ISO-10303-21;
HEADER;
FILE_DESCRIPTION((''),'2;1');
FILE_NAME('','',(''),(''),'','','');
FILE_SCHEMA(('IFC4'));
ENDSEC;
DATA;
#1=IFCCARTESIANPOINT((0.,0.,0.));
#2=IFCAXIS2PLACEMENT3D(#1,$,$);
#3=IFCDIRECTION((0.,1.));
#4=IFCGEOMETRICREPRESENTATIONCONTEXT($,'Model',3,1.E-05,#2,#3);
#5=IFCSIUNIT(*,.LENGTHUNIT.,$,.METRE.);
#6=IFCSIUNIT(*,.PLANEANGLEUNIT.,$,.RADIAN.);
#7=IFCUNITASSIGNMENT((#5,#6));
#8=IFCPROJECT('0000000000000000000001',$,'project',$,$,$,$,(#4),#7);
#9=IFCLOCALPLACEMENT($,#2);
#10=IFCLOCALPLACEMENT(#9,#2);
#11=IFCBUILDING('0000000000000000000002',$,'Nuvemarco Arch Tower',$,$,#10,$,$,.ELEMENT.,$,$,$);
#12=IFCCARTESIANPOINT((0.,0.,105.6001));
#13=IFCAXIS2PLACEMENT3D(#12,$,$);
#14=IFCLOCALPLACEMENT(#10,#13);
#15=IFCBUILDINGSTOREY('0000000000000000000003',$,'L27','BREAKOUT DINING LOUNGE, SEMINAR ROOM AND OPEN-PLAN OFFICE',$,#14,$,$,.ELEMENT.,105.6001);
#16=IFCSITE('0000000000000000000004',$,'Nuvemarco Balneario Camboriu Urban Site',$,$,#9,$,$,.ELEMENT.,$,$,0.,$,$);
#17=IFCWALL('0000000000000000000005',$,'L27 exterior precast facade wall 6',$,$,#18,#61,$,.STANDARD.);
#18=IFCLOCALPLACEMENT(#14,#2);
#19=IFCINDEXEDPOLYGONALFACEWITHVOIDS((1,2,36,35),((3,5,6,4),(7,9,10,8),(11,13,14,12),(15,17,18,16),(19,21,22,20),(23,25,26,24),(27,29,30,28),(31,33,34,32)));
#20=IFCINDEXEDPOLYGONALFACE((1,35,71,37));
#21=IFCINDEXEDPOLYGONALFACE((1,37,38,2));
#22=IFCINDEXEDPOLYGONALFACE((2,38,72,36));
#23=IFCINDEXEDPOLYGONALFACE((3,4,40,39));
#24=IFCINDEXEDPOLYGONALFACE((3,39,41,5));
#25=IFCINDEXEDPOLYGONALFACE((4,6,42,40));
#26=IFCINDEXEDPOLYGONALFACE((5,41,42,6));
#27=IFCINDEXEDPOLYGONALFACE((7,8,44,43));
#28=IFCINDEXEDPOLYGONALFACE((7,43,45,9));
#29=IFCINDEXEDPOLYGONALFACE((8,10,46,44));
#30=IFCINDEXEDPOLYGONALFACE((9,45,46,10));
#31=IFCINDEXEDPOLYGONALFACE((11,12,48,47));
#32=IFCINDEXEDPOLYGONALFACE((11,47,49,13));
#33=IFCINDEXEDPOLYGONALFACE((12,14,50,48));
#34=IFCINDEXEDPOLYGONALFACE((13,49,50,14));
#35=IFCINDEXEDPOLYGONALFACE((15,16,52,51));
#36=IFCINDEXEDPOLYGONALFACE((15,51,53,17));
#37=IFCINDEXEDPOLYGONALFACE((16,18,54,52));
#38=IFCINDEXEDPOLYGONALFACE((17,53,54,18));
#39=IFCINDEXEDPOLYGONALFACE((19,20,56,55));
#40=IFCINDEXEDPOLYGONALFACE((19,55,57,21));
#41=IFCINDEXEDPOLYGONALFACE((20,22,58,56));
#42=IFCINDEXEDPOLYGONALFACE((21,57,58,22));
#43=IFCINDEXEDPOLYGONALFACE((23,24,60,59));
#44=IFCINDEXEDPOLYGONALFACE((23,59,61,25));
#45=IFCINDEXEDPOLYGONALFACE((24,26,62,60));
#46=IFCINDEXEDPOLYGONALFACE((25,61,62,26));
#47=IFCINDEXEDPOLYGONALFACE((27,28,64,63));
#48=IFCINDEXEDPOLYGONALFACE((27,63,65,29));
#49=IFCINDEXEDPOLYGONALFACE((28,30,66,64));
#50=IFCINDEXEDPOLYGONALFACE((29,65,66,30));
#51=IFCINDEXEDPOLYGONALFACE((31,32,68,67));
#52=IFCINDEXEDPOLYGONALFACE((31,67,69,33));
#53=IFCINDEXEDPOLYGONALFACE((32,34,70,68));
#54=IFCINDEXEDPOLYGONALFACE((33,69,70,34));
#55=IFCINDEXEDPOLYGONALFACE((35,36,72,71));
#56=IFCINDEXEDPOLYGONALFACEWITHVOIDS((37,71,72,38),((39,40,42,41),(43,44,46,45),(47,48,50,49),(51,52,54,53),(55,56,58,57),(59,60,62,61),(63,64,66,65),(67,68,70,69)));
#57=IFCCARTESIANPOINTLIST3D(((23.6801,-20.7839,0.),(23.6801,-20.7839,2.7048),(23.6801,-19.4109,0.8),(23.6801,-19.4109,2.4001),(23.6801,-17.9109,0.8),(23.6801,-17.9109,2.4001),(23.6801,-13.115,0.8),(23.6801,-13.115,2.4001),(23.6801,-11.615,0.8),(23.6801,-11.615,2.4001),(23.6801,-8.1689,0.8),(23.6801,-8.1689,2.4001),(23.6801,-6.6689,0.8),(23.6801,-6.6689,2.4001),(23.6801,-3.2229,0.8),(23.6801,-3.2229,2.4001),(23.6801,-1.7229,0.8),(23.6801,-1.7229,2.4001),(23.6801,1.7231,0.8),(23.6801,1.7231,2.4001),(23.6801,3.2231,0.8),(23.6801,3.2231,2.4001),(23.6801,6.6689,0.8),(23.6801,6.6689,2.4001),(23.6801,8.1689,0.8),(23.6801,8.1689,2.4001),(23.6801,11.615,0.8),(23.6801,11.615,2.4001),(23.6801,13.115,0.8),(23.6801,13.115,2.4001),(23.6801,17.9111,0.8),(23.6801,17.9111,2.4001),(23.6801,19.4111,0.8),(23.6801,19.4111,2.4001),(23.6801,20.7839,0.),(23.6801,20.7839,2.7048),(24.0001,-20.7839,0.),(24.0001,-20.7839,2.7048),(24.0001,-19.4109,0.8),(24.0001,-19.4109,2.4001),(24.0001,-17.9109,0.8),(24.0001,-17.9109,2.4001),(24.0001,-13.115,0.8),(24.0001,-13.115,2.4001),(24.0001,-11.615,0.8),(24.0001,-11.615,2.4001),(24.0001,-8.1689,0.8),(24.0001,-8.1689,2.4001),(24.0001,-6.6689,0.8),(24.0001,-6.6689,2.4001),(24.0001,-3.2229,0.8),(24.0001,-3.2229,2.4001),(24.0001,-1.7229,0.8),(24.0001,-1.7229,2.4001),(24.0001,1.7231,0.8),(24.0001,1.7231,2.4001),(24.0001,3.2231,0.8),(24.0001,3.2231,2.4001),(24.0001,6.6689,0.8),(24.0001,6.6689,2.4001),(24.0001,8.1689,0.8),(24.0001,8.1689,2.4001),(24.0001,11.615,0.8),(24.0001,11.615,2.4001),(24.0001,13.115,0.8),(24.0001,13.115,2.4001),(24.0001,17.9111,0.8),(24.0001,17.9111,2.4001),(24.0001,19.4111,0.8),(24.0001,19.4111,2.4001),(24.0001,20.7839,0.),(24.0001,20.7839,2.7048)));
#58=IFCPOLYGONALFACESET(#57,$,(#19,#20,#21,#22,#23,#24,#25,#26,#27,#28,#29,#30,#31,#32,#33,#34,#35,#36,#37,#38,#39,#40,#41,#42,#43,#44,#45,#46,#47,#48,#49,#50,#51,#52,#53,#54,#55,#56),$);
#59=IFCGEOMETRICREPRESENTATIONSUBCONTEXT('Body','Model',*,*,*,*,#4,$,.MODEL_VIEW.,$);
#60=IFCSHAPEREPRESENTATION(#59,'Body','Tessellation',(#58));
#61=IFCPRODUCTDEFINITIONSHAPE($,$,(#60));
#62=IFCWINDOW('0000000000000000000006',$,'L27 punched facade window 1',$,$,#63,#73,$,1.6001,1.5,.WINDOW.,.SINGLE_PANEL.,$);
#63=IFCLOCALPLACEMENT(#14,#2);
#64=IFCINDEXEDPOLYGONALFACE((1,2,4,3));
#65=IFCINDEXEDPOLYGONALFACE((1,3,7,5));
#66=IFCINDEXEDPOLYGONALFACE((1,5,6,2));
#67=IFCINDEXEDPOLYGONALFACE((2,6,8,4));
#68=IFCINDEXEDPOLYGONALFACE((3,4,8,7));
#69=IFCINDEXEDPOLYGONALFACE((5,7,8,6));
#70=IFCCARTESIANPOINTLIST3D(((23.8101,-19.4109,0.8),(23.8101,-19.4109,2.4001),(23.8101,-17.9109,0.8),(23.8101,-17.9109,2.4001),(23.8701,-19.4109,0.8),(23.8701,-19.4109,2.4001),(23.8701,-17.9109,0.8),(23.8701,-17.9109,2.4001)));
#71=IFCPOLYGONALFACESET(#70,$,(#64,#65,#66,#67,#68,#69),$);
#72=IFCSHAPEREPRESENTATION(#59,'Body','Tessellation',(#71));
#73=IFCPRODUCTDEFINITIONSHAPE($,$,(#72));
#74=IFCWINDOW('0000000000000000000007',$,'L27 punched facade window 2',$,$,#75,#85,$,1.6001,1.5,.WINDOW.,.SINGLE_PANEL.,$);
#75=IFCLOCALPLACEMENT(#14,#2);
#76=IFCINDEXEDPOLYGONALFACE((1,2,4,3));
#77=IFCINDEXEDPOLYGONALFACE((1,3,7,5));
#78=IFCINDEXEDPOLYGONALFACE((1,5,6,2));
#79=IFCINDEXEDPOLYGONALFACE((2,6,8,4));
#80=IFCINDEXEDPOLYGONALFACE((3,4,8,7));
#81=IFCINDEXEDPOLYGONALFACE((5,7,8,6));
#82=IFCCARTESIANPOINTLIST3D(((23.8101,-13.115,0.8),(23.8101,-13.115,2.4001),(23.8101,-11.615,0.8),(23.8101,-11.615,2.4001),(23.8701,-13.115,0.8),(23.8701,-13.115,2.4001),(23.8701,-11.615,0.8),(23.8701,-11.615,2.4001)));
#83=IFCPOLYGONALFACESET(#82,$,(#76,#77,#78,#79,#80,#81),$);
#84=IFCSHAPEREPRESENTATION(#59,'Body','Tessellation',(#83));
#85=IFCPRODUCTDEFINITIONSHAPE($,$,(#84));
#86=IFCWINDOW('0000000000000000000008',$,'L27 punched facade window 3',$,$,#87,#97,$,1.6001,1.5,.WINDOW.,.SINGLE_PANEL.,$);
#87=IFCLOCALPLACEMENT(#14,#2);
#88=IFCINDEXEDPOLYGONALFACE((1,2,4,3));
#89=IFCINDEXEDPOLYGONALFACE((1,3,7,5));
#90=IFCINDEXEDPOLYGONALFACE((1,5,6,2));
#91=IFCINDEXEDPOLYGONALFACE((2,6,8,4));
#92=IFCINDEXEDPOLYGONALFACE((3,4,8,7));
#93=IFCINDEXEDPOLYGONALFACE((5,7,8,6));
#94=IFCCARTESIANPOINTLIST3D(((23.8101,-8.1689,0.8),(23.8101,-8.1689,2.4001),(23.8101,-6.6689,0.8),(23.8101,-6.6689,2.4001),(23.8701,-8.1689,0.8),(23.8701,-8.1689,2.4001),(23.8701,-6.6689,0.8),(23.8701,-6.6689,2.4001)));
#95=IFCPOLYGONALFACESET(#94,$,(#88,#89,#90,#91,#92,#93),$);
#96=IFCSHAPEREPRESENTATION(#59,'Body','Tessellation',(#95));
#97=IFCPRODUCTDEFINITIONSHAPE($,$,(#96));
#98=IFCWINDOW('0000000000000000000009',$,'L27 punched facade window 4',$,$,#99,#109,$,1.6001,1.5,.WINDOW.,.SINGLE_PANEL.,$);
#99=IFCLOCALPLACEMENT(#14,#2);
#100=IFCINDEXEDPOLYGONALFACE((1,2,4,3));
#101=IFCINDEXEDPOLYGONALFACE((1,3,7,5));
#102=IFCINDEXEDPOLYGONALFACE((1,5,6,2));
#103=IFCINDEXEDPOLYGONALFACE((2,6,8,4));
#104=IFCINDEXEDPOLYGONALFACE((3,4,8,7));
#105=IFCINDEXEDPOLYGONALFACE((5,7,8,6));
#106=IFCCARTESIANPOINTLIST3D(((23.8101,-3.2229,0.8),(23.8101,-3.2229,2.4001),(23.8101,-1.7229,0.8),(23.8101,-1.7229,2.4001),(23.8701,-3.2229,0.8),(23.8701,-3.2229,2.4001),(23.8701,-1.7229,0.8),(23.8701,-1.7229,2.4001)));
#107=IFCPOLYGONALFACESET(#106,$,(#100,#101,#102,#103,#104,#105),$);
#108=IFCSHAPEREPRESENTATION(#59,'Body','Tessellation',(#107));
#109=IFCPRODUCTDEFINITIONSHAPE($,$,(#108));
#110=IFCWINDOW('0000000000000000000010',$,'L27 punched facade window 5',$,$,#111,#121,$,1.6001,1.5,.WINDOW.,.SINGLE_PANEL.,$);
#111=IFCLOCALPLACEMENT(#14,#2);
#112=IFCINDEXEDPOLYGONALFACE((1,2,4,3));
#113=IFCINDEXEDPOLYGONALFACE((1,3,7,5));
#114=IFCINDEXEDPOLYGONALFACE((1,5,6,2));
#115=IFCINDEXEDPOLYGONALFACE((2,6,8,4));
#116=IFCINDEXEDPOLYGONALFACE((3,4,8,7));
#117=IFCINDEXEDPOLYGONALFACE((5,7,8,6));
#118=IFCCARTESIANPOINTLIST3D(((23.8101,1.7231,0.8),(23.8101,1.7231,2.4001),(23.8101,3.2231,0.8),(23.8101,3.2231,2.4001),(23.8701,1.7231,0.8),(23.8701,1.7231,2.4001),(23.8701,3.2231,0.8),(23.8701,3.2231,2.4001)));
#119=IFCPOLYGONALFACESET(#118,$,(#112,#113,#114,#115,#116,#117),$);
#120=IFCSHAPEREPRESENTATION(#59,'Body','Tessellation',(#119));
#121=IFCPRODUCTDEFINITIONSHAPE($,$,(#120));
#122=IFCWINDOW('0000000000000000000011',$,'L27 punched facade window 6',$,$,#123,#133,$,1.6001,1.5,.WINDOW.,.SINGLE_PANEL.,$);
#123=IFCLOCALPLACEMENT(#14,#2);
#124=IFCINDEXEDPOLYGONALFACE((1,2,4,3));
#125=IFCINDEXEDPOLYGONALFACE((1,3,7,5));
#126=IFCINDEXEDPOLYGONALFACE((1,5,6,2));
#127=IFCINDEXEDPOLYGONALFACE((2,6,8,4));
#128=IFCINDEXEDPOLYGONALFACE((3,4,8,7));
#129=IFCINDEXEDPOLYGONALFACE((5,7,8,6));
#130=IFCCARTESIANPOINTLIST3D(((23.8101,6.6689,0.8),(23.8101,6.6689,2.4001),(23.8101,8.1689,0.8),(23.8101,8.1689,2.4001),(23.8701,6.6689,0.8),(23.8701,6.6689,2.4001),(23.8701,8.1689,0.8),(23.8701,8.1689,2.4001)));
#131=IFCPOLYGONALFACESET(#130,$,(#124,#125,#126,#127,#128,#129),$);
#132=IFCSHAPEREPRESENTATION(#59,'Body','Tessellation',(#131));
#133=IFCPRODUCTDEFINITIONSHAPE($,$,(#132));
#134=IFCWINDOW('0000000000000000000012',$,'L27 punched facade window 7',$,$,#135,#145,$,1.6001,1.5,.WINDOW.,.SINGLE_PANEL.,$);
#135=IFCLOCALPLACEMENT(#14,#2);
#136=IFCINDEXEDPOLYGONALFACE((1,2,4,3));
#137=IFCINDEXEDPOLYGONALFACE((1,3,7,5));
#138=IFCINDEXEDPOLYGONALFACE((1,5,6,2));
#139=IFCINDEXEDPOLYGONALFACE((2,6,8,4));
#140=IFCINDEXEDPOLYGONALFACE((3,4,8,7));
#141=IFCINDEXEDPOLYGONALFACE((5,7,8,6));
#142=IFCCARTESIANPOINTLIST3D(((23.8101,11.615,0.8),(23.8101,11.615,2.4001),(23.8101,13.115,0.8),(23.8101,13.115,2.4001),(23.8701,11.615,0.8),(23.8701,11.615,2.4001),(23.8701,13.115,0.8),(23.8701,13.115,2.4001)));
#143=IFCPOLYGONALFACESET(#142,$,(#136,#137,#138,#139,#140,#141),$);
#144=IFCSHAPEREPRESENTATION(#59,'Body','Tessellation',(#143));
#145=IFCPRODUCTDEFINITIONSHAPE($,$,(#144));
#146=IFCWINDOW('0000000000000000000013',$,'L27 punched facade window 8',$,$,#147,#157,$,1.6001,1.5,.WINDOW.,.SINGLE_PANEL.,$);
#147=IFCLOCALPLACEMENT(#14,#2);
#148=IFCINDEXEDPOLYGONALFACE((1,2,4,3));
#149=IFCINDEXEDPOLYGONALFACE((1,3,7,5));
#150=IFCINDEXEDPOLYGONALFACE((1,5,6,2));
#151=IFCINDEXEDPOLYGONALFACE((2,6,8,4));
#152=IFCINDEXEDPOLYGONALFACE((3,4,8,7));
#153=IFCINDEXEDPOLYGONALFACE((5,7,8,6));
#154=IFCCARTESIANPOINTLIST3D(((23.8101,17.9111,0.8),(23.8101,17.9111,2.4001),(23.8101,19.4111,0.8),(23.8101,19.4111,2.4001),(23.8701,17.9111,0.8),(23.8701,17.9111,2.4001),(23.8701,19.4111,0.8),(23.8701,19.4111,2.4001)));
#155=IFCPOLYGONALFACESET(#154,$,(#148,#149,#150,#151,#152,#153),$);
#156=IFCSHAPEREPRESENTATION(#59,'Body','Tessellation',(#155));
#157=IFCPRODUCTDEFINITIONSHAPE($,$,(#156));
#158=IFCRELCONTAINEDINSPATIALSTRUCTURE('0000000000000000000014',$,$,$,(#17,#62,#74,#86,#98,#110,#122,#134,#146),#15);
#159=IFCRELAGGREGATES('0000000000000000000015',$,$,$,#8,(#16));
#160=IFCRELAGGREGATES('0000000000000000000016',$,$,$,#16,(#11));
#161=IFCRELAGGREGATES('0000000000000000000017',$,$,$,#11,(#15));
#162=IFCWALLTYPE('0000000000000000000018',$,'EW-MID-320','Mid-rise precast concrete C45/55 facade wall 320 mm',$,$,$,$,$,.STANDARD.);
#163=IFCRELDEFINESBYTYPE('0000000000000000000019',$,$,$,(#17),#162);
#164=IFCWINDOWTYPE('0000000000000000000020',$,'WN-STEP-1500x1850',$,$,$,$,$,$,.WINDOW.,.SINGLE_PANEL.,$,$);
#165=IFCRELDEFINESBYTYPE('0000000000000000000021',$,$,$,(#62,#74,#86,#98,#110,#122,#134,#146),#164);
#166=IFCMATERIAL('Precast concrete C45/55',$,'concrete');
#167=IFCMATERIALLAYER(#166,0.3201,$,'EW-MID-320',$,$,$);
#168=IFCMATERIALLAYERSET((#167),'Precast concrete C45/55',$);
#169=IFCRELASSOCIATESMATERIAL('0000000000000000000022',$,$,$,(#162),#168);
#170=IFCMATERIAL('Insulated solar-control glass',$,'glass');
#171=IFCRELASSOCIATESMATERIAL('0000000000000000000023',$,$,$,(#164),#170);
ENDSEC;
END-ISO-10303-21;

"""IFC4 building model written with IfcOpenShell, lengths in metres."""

from ifc_helpers import new_model, si_unit, direction, frame, frame_2d, origin, place, context, subcontext, project, spatial, rectangle, extrude, source, transform, mapped, material, layer, layer_set, type_object, type_shapes, element, fill, save


model = new_model("IFC4")

# Units and contexts
model_context = context("Model", 3, precision=1e-05, world=origin(), true_north=direction((0.0, 1.0)))
body_context = subcontext(model_context, "Body", "Model", "MODEL_VIEW")
ifc_project = project(units=[si_unit("LENGTHUNIT", "METRE"), si_unit("PLANEANGLEUNIT", "RADIAN")], contexts=[model_context])

# Site, building, storey
site_placement = place(None, origin())
site = spatial("IfcSite", under=ifc_project, at=site_placement, Name="Nuvemarco Balneario Camboriu Urban Site", CompositionType="ELEMENT", RefElevation=0.0)
building_placement = place(site_placement, origin())
building = spatial("IfcBuilding", under=site, at=building_placement, Name="Nuvemarco Arch Tower", CompositionType="ELEMENT")
storey_placement = place(building_placement, frame((0.0, 0.0, 105.6001)))
storey = spatial("IfcBuildingStorey", under=building, at=storey_placement, Name="L27", Description="BREAKOUT DINING LOUNGE, SEMINAR ROOM AND OPEN-PLAN OFFICE", CompositionType="ELEMENT", Elevation=105.6001)

# Shared definitions
ifc_material_1 = material(Name="Precast concrete C45/55", Category="concrete")

# Shared definitions
ifc_layer_1 = layer(ifc_material_1, 0.3201, Name="EW-MID-320")
ifc_layer_set_1 = layer_set([ifc_layer_1], Name="Precast concrete C45/55")
wall_type_1 = type_object("IfcWallType", Name="EW-MID-320", Description="Mid-rise precast concrete C45/55 facade wall 320 mm", PredefinedType="STANDARD", material=ifc_layer_set_1)

# Wall, openings, windows
wall_1_placement = place(storey_placement, frame((23.8401, -20.7839, 0.0), z_axis=(0.0, 0.0, 1.0), x_axis=(0.0, 1.0, 0.0)))
wall_1 = element("IfcWall", 1, at=wall_1_placement, inside=storey, type_object=wall_type_1, Name="L27 exterior precast facade wall 6", PredefinedType="STANDARD", context=body_context, shape_type="SweptSolid", body=[
    extrude(rectangle(XDim=41.5679, YDim=0.3201, at=frame_2d((20.7839, 0.0))), origin(), (0.0, 0.0, 1.0), 2.7048),
])
opening_1_placement = place(wall_1_placement, frame((1.373, 0.0, 0.8)))
opening_1 = element("IfcOpeningElement", 2, at=opening_1_placement, cuts=wall_1, PredefinedType="OPENING", context=body_context, shape_type="SweptSolid", body=[
    extrude(rectangle(XDim=1.5, YDim=1.6001, at=frame_2d((0.75, 0.8))), frame((0.0, 0.1699, 0.0), z_axis=(0.0, -1.0, 0.0), x_axis=(1.0, 0.0, 0.0)), (0.0, 0.0, 1.0), 0.3401),
])
opening_2_placement = place(wall_1_placement, frame((7.6689, 0.0, 0.8)))
opening_2 = element("IfcOpeningElement", 3, at=opening_2_placement, cuts=wall_1, PredefinedType="OPENING", context=body_context, shape_type="SweptSolid", body=[
    extrude(rectangle(XDim=1.5, YDim=1.6001, at=frame_2d((0.75, 0.8))), frame((0.0, 0.1699, 0.0), z_axis=(0.0, -1.0, 0.0), x_axis=(1.0, 0.0, 0.0)), (0.0, 0.0, 1.0), 0.3401),
])
opening_3_placement = place(wall_1_placement, frame((12.615, 0.0, 0.8)))
opening_3 = element("IfcOpeningElement", 4, at=opening_3_placement, cuts=wall_1, PredefinedType="OPENING", context=body_context, shape_type="SweptSolid", body=[
    extrude(rectangle(XDim=1.5, YDim=1.6001, at=frame_2d((0.75, 0.8))), frame((0.0, 0.1699, 0.0), z_axis=(0.0, -1.0, 0.0), x_axis=(1.0, 0.0, 0.0)), (0.0, 0.0, 1.0), 0.3401),
])
opening_4_placement = place(wall_1_placement, frame((17.561, 0.0, 0.8)))
opening_4 = element("IfcOpeningElement", 5, at=opening_4_placement, cuts=wall_1, PredefinedType="OPENING", context=body_context, shape_type="SweptSolid", body=[
    extrude(rectangle(XDim=1.5, YDim=1.6001, at=frame_2d((0.75, 0.8))), frame((0.0, 0.1699, 0.0), z_axis=(0.0, -1.0, 0.0), x_axis=(1.0, 0.0, 0.0)), (0.0, 0.0, 1.0), 0.3401),
])
opening_5_placement = place(wall_1_placement, frame((22.5071, 0.0, 0.8)))
opening_5 = element("IfcOpeningElement", 6, at=opening_5_placement, cuts=wall_1, PredefinedType="OPENING", context=body_context, shape_type="SweptSolid", body=[
    extrude(rectangle(XDim=1.5, YDim=1.6001, at=frame_2d((0.75, 0.8))), frame((0.0, 0.1699, 0.0), z_axis=(0.0, -1.0, 0.0), x_axis=(1.0, 0.0, 0.0)), (0.0, 0.0, 1.0), 0.3401),
])
opening_6_placement = place(wall_1_placement, frame((27.4529, 0.0, 0.8)))
opening_6 = element("IfcOpeningElement", 7, at=opening_6_placement, cuts=wall_1, PredefinedType="OPENING", context=body_context, shape_type="SweptSolid", body=[
    extrude(rectangle(XDim=1.5, YDim=1.6001, at=frame_2d((0.75, 0.8))), frame((0.0, 0.1699, 0.0), z_axis=(0.0, -1.0, 0.0), x_axis=(1.0, 0.0, 0.0)), (0.0, 0.0, 1.0), 0.3401),
])
opening_7_placement = place(wall_1_placement, frame((32.3989, 0.0, 0.8)))
opening_7 = element("IfcOpeningElement", 8, at=opening_7_placement, cuts=wall_1, PredefinedType="OPENING", context=body_context, shape_type="SweptSolid", body=[
    extrude(rectangle(XDim=1.5, YDim=1.6001, at=frame_2d((0.75, 0.8))), frame((0.0, 0.1699, 0.0), z_axis=(0.0, -1.0, 0.0), x_axis=(1.0, 0.0, 0.0)), (0.0, 0.0, 1.0), 0.3401),
])
opening_8_placement = place(wall_1_placement, frame((38.6951, 0.0, 0.8)))
opening_8 = element("IfcOpeningElement", 9, at=opening_8_placement, cuts=wall_1, PredefinedType="OPENING", context=body_context, shape_type="SweptSolid", body=[
    extrude(rectangle(XDim=1.5, YDim=1.6001, at=frame_2d((0.75, 0.8))), frame((0.0, 0.1699, 0.0), z_axis=(0.0, -1.0, 0.0), x_axis=(1.0, 0.0, 0.0)), (0.0, 0.0, 1.0), 0.3401),
])
ifc_material_2 = material(Name="Insulated solar-control glass", Category="glass")
window_type = type_object("IfcWindowType", Name="WN-STEP-1500x1850", PartitioningType="SINGLE_PANEL", PredefinedType="WINDOW", material=ifc_material_2)
shared_shape_1 = source(origin(), body_context, "Body", "SweptSolid", [
    extrude(rectangle(XDim=1.5, YDim=1.6001, at=frame_2d((0.75, 0.8))), frame((0.0, 0.03, 0.0), z_axis=(0.0, -1.0, 0.0), x_axis=(1.0, 0.0, 0.0)), (0.0, 0.0, 1.0), 0.0601),
])
type_shapes(window_type, [shared_shape_1])
window_1_placement = place(opening_1_placement, origin())
window_1 = element("IfcWindow", 10, at=window_1_placement, inside=storey, type_object=window_type, Name="L27 punched facade window 1", OverallHeight=1.6001, OverallWidth=1.5, PartitioningType="SINGLE_PANEL", PredefinedType="WINDOW", context=body_context, shape_type="MappedRepresentation", body=[
    mapped(shared_shape_1, transform((0.0, 0.0, 0.0), scale=1.0)),
])
fill(opening_1, window_1)
window_2_placement = place(opening_2_placement, origin())
window_2 = element("IfcWindow", 11, at=window_2_placement, inside=storey, type_object=window_type, Name="L27 punched facade window 2", OverallHeight=1.6001, OverallWidth=1.5, PartitioningType="SINGLE_PANEL", PredefinedType="WINDOW", context=body_context, shape_type="MappedRepresentation", body=[
    mapped(shared_shape_1, transform((0.0, 0.0, 0.0), scale=1.0)),
])
fill(opening_2, window_2)
window_3_placement = place(opening_3_placement, origin())
window_3 = element("IfcWindow", 12, at=window_3_placement, inside=storey, type_object=window_type, Name="L27 punched facade window 3", OverallHeight=1.6001, OverallWidth=1.5, PartitioningType="SINGLE_PANEL", PredefinedType="WINDOW", context=body_context, shape_type="MappedRepresentation", body=[
    mapped(shared_shape_1, transform((0.0, 0.0, 0.0), scale=1.0)),
])
fill(opening_3, window_3)
window_4_placement = place(opening_4_placement, origin())
window_4 = element("IfcWindow", 13, at=window_4_placement, inside=storey, type_object=window_type, Name="L27 punched facade window 4", OverallHeight=1.6001, OverallWidth=1.5, PartitioningType="SINGLE_PANEL", PredefinedType="WINDOW", context=body_context, shape_type="MappedRepresentation", body=[
    mapped(shared_shape_1, transform((0.0, 0.0, 0.0), scale=1.0)),
])
fill(opening_4, window_4)
window_5_placement = place(opening_5_placement, origin())
window_5 = element("IfcWindow", 14, at=window_5_placement, inside=storey, type_object=window_type, Name="L27 punched facade window 5", OverallHeight=1.6001, OverallWidth=1.5, PartitioningType="SINGLE_PANEL", PredefinedType="WINDOW", context=body_context, shape_type="MappedRepresentation", body=[
    mapped(shared_shape_1, transform((0.0, 0.0, 0.0), scale=1.0)),
])
fill(opening_5, window_5)
window_6_placement = place(opening_6_placement, origin())
window_6 = element("IfcWindow", 15, at=window_6_placement, inside=storey, type_object=window_type, Name="L27 punched facade window 6", OverallHeight=1.6001, OverallWidth=1.5, PartitioningType="SINGLE_PANEL", PredefinedType="WINDOW", context=body_context, shape_type="MappedRepresentation", body=[
    mapped(shared_shape_1, transform((0.0, 0.0, 0.0), scale=1.0)),
])
fill(opening_6, window_6)
window_7_placement = place(opening_7_placement, origin())
window_7 = element("IfcWindow", 16, at=window_7_placement, inside=storey, type_object=window_type, Name="L27 punched facade window 7", OverallHeight=1.6001, OverallWidth=1.5, PartitioningType="SINGLE_PANEL", PredefinedType="WINDOW", context=body_context, shape_type="MappedRepresentation", body=[
    mapped(shared_shape_1, transform((0.0, 0.0, 0.0), scale=1.0)),
])
fill(opening_7, window_7)
window_8_placement = place(opening_8_placement, origin())
window_8 = element("IfcWindow", 17, at=window_8_placement, inside=storey, type_object=window_type, Name="L27 punched facade window 8", OverallHeight=1.6001, OverallWidth=1.5, PartitioningType="SINGLE_PANEL", PredefinedType="WINDOW", context=body_context, shape_type="MappedRepresentation", body=[
    mapped(shared_shape_1, transform((0.0, 0.0, 0.0), scale=1.0)),
])
fill(opening_8, window_8)

save(model, "model.ifc")
